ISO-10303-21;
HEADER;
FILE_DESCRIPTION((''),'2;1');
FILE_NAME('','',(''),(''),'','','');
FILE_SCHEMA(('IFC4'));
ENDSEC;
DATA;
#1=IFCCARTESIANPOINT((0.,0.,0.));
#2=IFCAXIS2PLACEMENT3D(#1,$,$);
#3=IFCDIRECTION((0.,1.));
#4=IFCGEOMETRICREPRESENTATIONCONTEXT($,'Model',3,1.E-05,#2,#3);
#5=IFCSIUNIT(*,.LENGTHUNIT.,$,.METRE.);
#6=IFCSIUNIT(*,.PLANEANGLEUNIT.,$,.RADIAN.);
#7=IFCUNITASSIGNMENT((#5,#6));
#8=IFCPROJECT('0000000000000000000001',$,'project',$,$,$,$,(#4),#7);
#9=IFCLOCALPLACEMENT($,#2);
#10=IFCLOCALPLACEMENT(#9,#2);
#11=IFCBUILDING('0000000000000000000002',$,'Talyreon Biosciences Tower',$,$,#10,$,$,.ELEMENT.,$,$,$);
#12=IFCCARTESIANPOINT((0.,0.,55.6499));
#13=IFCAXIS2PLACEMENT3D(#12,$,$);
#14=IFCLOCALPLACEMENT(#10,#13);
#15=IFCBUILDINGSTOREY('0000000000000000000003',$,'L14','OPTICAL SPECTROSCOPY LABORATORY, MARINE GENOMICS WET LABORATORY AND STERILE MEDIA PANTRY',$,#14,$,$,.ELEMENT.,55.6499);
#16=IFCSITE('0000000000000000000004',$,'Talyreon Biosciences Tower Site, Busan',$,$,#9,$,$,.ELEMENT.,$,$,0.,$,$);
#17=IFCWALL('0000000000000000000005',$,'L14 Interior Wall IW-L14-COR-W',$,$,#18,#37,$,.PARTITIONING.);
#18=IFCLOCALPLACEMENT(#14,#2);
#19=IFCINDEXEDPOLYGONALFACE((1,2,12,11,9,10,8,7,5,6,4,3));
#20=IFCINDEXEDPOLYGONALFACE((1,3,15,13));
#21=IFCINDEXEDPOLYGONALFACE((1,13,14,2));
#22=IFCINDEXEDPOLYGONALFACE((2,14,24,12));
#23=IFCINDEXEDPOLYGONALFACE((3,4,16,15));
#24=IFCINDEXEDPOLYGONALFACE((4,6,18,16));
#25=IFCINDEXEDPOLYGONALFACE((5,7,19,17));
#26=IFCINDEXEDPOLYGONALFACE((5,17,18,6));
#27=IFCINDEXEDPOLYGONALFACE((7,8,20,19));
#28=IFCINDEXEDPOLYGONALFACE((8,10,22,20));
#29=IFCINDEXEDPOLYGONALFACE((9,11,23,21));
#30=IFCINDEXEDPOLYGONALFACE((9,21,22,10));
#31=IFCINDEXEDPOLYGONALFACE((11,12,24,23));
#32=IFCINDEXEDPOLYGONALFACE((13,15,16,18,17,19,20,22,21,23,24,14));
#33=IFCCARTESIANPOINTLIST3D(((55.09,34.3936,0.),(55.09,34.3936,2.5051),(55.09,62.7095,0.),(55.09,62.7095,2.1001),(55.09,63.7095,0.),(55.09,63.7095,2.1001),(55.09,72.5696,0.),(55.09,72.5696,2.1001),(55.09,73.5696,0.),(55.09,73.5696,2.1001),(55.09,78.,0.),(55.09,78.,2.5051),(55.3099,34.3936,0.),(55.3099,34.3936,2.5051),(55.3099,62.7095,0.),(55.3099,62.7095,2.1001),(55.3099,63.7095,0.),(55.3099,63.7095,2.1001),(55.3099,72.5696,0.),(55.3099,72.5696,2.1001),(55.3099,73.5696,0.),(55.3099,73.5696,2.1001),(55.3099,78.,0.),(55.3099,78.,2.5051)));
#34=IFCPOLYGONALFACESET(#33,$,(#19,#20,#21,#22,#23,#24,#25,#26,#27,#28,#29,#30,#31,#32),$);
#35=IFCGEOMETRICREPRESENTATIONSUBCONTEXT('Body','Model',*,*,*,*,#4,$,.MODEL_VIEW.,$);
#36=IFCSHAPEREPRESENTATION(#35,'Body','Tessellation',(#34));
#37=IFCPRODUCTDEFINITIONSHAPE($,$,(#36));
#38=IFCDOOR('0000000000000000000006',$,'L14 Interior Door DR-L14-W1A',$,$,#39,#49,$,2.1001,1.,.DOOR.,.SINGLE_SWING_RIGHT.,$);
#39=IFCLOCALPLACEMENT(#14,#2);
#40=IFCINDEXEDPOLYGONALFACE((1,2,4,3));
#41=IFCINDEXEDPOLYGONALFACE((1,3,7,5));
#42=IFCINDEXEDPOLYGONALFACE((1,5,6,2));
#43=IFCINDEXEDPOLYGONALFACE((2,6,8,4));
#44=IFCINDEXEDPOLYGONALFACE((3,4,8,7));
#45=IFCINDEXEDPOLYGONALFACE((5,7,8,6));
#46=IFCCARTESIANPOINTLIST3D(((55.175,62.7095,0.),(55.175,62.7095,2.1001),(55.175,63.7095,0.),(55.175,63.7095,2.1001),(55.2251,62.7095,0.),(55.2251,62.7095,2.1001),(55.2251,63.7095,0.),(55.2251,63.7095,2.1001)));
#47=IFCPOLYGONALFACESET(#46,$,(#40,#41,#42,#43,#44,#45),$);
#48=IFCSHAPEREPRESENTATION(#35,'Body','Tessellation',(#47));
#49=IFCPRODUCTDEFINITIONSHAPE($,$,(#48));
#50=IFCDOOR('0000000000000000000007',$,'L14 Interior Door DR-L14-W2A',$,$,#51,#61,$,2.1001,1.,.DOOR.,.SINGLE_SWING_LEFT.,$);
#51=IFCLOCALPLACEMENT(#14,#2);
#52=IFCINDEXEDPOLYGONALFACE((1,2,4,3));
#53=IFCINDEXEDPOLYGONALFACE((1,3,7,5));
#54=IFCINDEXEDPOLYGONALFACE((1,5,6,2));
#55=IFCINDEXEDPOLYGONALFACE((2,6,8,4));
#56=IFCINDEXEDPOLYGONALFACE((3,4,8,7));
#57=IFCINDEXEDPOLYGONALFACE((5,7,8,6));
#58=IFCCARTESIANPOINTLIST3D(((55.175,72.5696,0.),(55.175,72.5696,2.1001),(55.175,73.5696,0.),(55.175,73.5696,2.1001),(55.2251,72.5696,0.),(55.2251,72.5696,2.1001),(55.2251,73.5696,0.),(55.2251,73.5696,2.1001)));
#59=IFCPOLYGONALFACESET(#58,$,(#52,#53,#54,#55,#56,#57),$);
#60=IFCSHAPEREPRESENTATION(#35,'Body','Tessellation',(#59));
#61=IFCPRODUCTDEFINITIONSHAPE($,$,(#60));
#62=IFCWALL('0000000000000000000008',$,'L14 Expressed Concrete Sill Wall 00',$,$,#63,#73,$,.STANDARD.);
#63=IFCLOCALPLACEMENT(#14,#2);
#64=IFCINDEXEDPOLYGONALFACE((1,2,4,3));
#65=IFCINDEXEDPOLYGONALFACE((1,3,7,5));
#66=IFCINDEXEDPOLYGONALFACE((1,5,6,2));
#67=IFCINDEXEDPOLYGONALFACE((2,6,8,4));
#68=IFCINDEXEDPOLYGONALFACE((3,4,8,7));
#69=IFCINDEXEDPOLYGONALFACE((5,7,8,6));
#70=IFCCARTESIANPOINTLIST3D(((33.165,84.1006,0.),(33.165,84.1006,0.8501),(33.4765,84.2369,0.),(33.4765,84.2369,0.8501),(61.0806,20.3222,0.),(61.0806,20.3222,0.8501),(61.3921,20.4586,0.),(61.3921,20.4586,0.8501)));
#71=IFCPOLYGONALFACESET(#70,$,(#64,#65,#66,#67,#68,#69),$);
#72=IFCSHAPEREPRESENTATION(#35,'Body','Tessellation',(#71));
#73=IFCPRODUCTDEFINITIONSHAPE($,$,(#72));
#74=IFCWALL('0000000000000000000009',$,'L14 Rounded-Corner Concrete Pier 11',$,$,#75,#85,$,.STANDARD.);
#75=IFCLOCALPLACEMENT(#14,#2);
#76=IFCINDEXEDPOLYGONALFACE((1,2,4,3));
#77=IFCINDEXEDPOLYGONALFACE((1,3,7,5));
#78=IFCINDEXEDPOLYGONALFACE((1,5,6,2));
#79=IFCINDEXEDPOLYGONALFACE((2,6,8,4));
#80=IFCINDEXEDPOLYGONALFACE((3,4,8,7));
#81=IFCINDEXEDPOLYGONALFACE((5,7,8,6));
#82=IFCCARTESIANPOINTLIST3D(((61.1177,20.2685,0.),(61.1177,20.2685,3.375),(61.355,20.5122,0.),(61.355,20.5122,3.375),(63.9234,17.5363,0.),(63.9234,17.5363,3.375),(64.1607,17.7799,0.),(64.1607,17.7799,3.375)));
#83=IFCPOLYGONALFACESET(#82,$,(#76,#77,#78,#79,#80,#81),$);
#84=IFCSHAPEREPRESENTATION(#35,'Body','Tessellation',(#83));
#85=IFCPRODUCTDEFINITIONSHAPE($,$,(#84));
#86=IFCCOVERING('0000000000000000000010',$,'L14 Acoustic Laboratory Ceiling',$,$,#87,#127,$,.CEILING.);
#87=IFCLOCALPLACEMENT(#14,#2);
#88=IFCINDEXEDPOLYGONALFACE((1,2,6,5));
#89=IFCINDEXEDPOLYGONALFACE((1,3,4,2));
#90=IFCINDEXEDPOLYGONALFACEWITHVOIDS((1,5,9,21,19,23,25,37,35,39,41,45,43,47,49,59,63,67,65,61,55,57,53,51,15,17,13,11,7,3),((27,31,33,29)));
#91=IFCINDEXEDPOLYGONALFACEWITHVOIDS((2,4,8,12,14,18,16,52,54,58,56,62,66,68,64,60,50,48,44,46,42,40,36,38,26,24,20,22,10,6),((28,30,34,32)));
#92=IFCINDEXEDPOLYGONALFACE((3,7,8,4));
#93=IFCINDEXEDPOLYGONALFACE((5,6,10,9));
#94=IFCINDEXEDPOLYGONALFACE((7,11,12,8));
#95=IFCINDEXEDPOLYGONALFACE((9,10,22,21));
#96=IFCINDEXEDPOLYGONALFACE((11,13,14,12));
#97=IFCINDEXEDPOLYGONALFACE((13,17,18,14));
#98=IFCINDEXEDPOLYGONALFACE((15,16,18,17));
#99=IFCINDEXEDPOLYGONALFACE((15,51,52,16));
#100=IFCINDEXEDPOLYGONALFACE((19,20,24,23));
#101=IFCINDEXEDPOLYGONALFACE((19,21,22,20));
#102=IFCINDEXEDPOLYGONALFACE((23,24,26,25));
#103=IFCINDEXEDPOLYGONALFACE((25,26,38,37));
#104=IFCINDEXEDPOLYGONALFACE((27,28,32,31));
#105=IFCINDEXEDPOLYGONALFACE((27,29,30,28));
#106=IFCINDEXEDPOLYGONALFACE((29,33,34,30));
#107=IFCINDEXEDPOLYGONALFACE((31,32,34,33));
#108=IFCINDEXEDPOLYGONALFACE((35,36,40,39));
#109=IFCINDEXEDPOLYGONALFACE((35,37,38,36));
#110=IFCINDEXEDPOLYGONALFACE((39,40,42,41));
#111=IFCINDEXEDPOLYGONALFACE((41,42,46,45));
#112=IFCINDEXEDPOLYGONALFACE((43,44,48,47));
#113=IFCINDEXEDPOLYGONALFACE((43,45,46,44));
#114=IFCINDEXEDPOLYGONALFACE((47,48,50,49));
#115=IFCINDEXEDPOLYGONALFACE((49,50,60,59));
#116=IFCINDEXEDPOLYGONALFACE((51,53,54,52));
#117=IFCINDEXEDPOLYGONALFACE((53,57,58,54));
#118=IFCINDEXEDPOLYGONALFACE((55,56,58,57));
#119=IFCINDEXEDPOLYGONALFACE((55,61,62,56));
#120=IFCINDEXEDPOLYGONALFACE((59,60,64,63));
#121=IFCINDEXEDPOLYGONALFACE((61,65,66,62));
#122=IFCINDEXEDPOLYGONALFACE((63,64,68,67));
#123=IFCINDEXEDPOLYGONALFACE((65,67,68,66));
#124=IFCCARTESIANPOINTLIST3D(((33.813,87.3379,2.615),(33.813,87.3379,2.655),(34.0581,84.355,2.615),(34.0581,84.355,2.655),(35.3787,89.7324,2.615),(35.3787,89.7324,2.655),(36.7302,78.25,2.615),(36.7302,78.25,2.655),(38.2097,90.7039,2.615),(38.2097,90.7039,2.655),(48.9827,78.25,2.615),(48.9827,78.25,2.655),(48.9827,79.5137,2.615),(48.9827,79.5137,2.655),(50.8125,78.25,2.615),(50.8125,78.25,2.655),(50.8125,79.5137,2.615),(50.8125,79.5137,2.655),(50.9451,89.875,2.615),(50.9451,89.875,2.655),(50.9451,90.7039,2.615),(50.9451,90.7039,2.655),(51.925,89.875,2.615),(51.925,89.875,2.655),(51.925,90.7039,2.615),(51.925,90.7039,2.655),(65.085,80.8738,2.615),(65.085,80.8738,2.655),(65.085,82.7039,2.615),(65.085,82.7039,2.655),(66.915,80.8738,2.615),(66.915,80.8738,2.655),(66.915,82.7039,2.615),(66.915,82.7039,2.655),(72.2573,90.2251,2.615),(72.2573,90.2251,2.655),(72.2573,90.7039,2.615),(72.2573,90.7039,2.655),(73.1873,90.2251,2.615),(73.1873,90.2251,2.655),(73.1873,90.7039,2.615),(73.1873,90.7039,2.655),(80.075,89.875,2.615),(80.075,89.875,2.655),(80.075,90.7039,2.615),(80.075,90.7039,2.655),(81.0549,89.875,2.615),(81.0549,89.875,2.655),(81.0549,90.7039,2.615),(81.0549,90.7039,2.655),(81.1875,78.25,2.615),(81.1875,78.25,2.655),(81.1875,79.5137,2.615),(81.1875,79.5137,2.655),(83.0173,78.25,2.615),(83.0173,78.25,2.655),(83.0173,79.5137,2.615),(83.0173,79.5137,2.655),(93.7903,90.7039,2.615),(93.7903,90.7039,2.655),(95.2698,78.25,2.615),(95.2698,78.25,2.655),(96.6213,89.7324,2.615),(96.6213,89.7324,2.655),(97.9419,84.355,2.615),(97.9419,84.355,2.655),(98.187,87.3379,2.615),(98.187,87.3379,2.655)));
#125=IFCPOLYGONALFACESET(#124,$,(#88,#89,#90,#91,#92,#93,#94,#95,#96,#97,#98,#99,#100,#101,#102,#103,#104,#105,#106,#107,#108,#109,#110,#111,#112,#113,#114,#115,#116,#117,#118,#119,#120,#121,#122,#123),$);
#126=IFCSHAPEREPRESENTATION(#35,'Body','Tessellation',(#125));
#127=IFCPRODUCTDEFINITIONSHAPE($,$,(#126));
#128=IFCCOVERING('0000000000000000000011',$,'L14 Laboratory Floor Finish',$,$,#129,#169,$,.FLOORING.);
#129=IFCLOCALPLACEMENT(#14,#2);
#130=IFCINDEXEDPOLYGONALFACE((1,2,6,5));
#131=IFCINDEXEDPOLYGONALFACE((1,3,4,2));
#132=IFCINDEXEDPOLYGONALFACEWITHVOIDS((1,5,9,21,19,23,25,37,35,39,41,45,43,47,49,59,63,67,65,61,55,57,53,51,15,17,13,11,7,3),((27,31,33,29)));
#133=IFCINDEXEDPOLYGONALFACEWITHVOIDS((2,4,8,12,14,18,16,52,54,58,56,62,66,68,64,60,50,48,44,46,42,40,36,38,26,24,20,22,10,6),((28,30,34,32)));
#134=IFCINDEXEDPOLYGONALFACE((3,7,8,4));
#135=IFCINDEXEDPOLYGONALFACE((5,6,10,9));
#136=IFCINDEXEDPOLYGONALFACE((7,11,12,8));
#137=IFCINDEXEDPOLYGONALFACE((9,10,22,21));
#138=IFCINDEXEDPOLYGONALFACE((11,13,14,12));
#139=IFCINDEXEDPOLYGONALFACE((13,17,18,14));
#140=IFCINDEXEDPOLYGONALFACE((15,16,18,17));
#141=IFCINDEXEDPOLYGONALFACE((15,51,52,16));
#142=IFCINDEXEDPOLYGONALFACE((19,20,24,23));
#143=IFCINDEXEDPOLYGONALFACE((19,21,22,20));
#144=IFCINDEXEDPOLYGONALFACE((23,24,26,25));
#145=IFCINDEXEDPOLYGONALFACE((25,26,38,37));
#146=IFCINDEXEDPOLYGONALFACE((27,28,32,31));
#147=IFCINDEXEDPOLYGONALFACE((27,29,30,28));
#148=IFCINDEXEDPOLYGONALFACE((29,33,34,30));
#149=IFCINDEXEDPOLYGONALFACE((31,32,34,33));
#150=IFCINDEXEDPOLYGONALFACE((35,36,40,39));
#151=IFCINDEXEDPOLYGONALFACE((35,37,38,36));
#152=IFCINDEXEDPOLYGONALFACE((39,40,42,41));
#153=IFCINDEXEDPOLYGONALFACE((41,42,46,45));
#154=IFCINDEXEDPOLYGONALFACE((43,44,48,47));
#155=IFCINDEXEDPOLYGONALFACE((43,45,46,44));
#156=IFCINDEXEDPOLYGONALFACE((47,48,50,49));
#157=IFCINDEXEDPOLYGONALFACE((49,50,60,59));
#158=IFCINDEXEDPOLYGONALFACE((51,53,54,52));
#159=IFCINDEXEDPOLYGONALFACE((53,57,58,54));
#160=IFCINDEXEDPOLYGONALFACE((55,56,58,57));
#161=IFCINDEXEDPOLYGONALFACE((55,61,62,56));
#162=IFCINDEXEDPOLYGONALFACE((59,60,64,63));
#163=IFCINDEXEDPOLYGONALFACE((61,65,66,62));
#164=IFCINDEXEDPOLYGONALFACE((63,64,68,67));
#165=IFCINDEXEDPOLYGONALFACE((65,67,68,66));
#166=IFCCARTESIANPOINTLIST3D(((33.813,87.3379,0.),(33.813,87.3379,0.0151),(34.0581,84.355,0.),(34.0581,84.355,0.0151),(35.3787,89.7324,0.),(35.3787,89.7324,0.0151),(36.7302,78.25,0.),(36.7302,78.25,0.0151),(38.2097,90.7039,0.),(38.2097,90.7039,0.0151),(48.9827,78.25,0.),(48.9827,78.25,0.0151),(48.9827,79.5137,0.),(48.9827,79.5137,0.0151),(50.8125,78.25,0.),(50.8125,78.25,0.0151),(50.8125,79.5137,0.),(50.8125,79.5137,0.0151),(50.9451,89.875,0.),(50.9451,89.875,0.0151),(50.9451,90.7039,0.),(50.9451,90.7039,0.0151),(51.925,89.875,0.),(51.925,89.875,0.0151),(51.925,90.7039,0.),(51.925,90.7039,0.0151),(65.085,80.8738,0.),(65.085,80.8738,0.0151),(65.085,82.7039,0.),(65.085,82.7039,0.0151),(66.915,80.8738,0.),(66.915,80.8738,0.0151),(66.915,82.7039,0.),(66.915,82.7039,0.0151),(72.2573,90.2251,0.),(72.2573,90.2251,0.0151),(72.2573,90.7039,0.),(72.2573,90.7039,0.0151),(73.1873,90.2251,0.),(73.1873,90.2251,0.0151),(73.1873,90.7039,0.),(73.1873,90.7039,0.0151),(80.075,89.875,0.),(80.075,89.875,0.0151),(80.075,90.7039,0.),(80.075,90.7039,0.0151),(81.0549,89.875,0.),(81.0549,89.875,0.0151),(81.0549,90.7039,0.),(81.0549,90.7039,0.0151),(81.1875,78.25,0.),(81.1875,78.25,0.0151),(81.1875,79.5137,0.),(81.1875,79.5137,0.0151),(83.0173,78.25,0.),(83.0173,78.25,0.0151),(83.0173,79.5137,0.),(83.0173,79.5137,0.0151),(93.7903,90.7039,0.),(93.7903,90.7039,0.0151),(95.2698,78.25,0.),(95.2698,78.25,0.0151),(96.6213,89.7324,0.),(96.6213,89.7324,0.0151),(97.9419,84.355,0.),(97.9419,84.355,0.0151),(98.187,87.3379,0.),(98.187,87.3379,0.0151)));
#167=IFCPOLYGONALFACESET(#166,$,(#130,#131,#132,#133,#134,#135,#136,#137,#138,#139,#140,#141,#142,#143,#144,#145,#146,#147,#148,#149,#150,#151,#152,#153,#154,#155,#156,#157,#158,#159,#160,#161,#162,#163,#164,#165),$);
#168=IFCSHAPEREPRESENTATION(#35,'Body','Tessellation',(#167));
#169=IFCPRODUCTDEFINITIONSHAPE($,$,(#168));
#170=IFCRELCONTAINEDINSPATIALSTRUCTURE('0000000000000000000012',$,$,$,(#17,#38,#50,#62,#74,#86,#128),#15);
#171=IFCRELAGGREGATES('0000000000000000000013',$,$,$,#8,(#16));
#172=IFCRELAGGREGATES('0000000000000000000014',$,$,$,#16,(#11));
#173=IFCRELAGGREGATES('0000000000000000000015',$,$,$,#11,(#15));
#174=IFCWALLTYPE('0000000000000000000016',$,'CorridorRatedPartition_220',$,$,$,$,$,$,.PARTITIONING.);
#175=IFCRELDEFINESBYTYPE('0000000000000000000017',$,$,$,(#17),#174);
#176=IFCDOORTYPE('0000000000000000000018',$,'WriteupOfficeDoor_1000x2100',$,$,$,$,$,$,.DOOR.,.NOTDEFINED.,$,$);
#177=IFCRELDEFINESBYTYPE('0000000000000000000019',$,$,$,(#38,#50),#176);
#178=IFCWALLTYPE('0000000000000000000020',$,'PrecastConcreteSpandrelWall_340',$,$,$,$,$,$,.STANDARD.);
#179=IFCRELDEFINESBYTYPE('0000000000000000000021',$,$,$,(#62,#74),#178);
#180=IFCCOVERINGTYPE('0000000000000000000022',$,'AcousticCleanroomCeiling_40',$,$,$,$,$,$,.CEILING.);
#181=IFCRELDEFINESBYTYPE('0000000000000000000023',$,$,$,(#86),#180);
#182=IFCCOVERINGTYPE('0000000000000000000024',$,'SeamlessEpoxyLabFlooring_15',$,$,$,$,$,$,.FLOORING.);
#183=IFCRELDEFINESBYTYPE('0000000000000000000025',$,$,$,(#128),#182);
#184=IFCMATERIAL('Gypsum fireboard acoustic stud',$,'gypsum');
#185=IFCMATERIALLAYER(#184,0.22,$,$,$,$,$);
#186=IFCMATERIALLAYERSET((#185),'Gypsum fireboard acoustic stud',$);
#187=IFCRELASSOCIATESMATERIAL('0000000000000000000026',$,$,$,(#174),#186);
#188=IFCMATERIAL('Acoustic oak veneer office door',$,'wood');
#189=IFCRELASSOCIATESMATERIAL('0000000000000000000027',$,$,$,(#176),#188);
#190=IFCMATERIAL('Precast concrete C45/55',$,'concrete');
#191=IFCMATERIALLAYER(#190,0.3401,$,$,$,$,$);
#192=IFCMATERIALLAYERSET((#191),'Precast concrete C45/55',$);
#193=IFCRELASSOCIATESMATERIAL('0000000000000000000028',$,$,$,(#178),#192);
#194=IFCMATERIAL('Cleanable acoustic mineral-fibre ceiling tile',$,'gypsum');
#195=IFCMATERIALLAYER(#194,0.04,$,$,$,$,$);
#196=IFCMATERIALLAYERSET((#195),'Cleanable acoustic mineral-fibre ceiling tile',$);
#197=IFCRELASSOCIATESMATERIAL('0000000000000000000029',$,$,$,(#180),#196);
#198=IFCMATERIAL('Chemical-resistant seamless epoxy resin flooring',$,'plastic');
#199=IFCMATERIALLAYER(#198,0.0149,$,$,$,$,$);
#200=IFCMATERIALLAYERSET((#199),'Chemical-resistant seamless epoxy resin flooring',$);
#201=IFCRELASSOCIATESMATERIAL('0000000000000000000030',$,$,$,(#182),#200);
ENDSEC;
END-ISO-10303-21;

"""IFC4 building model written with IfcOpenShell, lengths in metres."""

from ifc_helpers import new_model, si_unit, direction, frame, frame_2d, origin, place, context, subcontext, project, spatial, polyline, rectangle, outline, extrude, material, layer, layer_set, type_object, element, fill, save


model = new_model("IFC4")

# Units and contexts
model_context = context("Model", 3, precision=1e-05, world=origin(), true_north=direction((0.0, 1.0)))
body_context = subcontext(model_context, "Body", "Model", "MODEL_VIEW")
ifc_project = project(units=[si_unit("LENGTHUNIT", "METRE"), si_unit("PLANEANGLEUNIT", "RADIAN")], contexts=[model_context])

# Site, building, storey
site_placement = place(None, origin())
site = spatial("IfcSite", under=ifc_project, at=site_placement, Name="Talyreon Biosciences Tower Site, Busan", CompositionType="ELEMENT", RefElevation=0.0)
building_placement = place(site_placement, origin())
building = spatial("IfcBuilding", under=site, at=building_placement, Name="Talyreon Biosciences Tower", CompositionType="ELEMENT")
storey_placement = place(building_placement, frame((0.0, 0.0, 55.6499)))
storey = spatial("IfcBuildingStorey", under=building, at=storey_placement, Name="L14", Description="OPTICAL SPECTROSCOPY LABORATORY, MARINE GENOMICS WET LABORATORY AND STERILE MEDIA PANTRY", CompositionType="ELEMENT", Elevation=55.6499)

# Shared definitions
ifc_material_1 = material(Name="Precast concrete C45/55", Category="concrete")

# Wall, openings, doors
ifc_material_2 = material(Name="Gypsum fireboard acoustic stud", Category="gypsum")
ifc_layer_1 = layer(ifc_material_2, 0.22)
ifc_layer_set_1 = layer_set([ifc_layer_1], Name="Gypsum fireboard acoustic stud")
wall_type_1 = type_object("IfcWallType", Name="CorridorRatedPartition_220", PredefinedType="PARTITIONING", material=ifc_layer_set_1)
wall_1_placement = place(storey_placement, frame((55.2, 34.3936, 0.0), z_axis=(0.0, 0.0, 1.0), x_axis=(0.0, 1.0, 0.0)))
wall_1 = element("IfcWall", 1, at=wall_1_placement, inside=storey, type_object=wall_type_1, Name="L14 Interior Wall IW-L14-COR-W", PredefinedType="PARTITIONING", context=body_context, shape_type="SweptSolid", body=[
    extrude(rectangle(XDim=43.6064, YDim=0.22, at=frame_2d((21.8032, 0.0))), origin(), (0.0, 0.0, 1.0), 2.5051),
])
opening_1_placement = place(wall_1_placement, frame((28.3159, 0.0, 0.0)))
opening_1 = element("IfcOpeningElement", 2, at=opening_1_placement, cuts=wall_1, PredefinedType="OPENING", context=body_context, shape_type="SweptSolid", body=[
    extrude(rectangle(XDim=1.0, YDim=2.1001, at=frame_2d((0.5, 1.05))), frame((0.0, 0.1199, 0.0), z_axis=(0.0, -1.0, 0.0), x_axis=(1.0, 0.0, 0.0)), (0.0, 0.0, 1.0), 0.24),
])
opening_2_placement = place(wall_1_placement, frame((38.176, 0.0, 0.0)))
opening_2 = element("IfcOpeningElement", 3, at=opening_2_placement, cuts=wall_1, PredefinedType="OPENING", context=body_context, shape_type="SweptSolid", body=[
    extrude(rectangle(XDim=1.0, YDim=2.1001, at=frame_2d((0.5, 1.05))), frame((0.0, 0.1199, 0.0), z_axis=(0.0, -1.0, 0.0), x_axis=(1.0, 0.0, 0.0)), (0.0, 0.0, 1.0), 0.24),
])
ifc_material_3 = material(Name="Acoustic oak veneer office door", Category="wood")
door_type = type_object("IfcDoorType", Name="WriteupOfficeDoor_1000x2100", OperationType="NOTDEFINED", PredefinedType="DOOR", material=ifc_material_3)
door_1_placement = place(opening_1_placement, origin())
door_1 = element("IfcDoor", 4, at=door_1_placement, inside=storey, type_object=door_type, Name="L14 Interior Door DR-L14-W1A", OperationType="SINGLE_SWING_RIGHT", OverallHeight=2.1001, OverallWidth=1.0, PredefinedType="DOOR", context=body_context, shape_type="SweptSolid", body=[
    extrude(rectangle(XDim=1.0, YDim=2.1001, at=frame_2d((0.5, 1.05))), frame((0.0, 0.0249, 0.0), z_axis=(0.0, -1.0, 0.0), x_axis=(1.0, 0.0, 0.0)), (0.0, 0.0, 1.0), 0.05),
])
fill(opening_1, door_1)
door_2_placement = place(opening_2_placement, origin())
door_2 = element("IfcDoor", 5, at=door_2_placement, inside=storey, type_object=door_type, Name="L14 Interior Door DR-L14-W2A", OperationType="SINGLE_SWING_LEFT", OverallHeight=2.1001, OverallWidth=1.0, PredefinedType="DOOR", context=body_context, shape_type="SweptSolid", body=[
    extrude(rectangle(XDim=1.0, YDim=2.1001, at=frame_2d((0.5, 1.05))), frame((0.0, 0.0249, 0.0), z_axis=(0.0, -1.0, 0.0), x_axis=(1.0, 0.0, 0.0)), (0.0, 0.0, 1.0), 0.05),
])
fill(opening_2, door_2)

# Walls
ifc_layer_2 = layer(ifc_material_1, 0.3401)
ifc_layer_set_2 = layer_set([ifc_layer_2], Name="Precast concrete C45/55")
wall_type_2 = type_object("IfcWallType", Name="PrecastConcreteSpandrelWall_340", PredefinedType="STANDARD", material=ifc_layer_set_2)
wall_2_placement = place(storey_placement, frame((61.2363, 20.3904, 0.0), z_axis=(0.0, 0.0, 1.0), x_axis=(-0.40097, 0.916091, 0.0)))
element("IfcWall", 6, at=wall_2_placement, inside=storey, type_object=wall_type_2, Name="L14 Expressed Concrete Sill Wall 00", PredefinedType="STANDARD", context=body_context, shape_type="SweptSolid", body=[
    extrude(rectangle(XDim=69.6201, YDim=0.3401, at=frame_2d((34.8101, 0.0))), origin(), (0.0, 0.0, 1.0), 0.8501),
])
wall_3_placement = place(storey_placement, frame((64.042, 17.6582, 0.0), z_axis=(0.0, 0.0, 1.0), x_axis=(-0.716427, 0.697662, 0.0)))
element("IfcWall", 7, at=wall_3_placement, inside=storey, type_object=wall_type_2, Name="L14 Rounded-Corner Concrete Pier 11", PredefinedType="STANDARD", context=body_context, shape_type="SweptSolid", body=[
    extrude(rectangle(XDim=3.9163, YDim=0.3401, at=frame_2d((1.958, 0.0))), origin(), (0.0, 0.0, 1.0), 3.375),
])

# Coverings
ifc_material_4 = material(Name="Cleanable acoustic mineral-fibre ceiling tile", Category="gypsum")
ifc_layer_3 = layer(ifc_material_4, 0.04)
ifc_layer_set_3 = layer_set([ifc_layer_3], Name="Cleanable acoustic mineral-fibre ceiling tile")
covering_type_1 = type_object("IfcCoveringType", Name="AcousticCleanroomCeiling_40", PredefinedType="CEILING", material=ifc_layer_set_3)
covering_1_placement = place(storey_placement, frame((0.0, 0.0, 2.615)))
element("IfcCovering", 8, at=covering_1_placement, inside=storey, type_object=covering_type_1, Name="L14 Acoustic Laboratory Ceiling", PredefinedType="CEILING", context=body_context, shape_type="SweptSolid", body=[
    extrude(outline(polyline([(33.813, 87.3379), (35.3787, 89.7324), (38.2097, 90.7039), (50.9451, 90.7039), (50.9451, 89.875), (51.925, 89.875), (51.925, 90.7039), (72.2573, 90.7039), (72.2573, 90.2251), (73.1873, 90.2251), (73.1873, 90.7039), (80.075, 90.7039), (80.075, 89.875), (81.0549, 89.875), (81.0549, 90.7039), (93.7903, 90.7039), (96.6213, 89.7324), (98.187, 87.3379), (97.9419, 84.355), (95.2698, 78.25), (83.0173, 78.25), (83.0173, 79.5137), (81.1875, 79.5137), (81.1875, 78.25), (50.8125, 78.25), (50.8125, 79.5137), (48.9827, 79.5137), (48.9827, 78.25), (36.7302, 78.25), (34.0581, 84.355), (33.813, 87.3379)]), holes=[polyline([(65.085, 80.8738), (66.915, 80.8738), (66.915, 82.7039), (65.085, 82.7039), (65.085, 80.8738)])]), origin(), (0.0, 0.0, 1.0), 0.04),
])
ifc_material_5 = material(Name="Chemical-resistant seamless epoxy resin flooring", Category="plastic")
ifc_layer_4 = layer(ifc_material_5, 0.0149)
ifc_layer_set_4 = layer_set([ifc_layer_4], Name="Chemical-resistant seamless epoxy resin flooring")
covering_type_2 = type_object("IfcCoveringType", Name="SeamlessEpoxyLabFlooring_15", PredefinedType="FLOORING", material=ifc_layer_set_4)
covering_2_placement = place(storey_placement, origin())
element("IfcCovering", 9, at=covering_2_placement, inside=storey, type_object=covering_type_2, Name="L14 Laboratory Floor Finish", PredefinedType="FLOORING", context=body_context, shape_type="SweptSolid", body=[
    extrude(outline(polyline([(33.813, 87.3379), (35.3787, 89.7324), (38.2097, 90.7039), (50.9451, 90.7039), (50.9451, 89.875), (51.925, 89.875), (51.925, 90.7039), (72.2573, 90.7039), (72.2573, 90.2251), (73.1873, 90.2251), (73.1873, 90.7039), (80.075, 90.7039), (80.075, 89.875), (81.0549, 89.875), (81.0549, 90.7039), (93.7903, 90.7039), (96.6213, 89.7324), (98.187, 87.3379), (97.9419, 84.355), (95.2698, 78.25), (83.0173, 78.25), (83.0173, 79.5137), (81.1875, 79.5137), (81.1875, 78.25), (50.8125, 78.25), (50.8125, 79.5137), (48.9827, 79.5137), (48.9827, 78.25), (36.7302, 78.25), (34.0581, 84.355), (33.813, 87.3379)]), holes=[polyline([(65.085, 80.8738), (66.915, 80.8738), (66.915, 82.7039), (65.085, 82.7039), (65.085, 80.8738)])]), origin(), (0.0, 0.0, 1.0), 0.0151),
])

save(model, "model.ifc")
